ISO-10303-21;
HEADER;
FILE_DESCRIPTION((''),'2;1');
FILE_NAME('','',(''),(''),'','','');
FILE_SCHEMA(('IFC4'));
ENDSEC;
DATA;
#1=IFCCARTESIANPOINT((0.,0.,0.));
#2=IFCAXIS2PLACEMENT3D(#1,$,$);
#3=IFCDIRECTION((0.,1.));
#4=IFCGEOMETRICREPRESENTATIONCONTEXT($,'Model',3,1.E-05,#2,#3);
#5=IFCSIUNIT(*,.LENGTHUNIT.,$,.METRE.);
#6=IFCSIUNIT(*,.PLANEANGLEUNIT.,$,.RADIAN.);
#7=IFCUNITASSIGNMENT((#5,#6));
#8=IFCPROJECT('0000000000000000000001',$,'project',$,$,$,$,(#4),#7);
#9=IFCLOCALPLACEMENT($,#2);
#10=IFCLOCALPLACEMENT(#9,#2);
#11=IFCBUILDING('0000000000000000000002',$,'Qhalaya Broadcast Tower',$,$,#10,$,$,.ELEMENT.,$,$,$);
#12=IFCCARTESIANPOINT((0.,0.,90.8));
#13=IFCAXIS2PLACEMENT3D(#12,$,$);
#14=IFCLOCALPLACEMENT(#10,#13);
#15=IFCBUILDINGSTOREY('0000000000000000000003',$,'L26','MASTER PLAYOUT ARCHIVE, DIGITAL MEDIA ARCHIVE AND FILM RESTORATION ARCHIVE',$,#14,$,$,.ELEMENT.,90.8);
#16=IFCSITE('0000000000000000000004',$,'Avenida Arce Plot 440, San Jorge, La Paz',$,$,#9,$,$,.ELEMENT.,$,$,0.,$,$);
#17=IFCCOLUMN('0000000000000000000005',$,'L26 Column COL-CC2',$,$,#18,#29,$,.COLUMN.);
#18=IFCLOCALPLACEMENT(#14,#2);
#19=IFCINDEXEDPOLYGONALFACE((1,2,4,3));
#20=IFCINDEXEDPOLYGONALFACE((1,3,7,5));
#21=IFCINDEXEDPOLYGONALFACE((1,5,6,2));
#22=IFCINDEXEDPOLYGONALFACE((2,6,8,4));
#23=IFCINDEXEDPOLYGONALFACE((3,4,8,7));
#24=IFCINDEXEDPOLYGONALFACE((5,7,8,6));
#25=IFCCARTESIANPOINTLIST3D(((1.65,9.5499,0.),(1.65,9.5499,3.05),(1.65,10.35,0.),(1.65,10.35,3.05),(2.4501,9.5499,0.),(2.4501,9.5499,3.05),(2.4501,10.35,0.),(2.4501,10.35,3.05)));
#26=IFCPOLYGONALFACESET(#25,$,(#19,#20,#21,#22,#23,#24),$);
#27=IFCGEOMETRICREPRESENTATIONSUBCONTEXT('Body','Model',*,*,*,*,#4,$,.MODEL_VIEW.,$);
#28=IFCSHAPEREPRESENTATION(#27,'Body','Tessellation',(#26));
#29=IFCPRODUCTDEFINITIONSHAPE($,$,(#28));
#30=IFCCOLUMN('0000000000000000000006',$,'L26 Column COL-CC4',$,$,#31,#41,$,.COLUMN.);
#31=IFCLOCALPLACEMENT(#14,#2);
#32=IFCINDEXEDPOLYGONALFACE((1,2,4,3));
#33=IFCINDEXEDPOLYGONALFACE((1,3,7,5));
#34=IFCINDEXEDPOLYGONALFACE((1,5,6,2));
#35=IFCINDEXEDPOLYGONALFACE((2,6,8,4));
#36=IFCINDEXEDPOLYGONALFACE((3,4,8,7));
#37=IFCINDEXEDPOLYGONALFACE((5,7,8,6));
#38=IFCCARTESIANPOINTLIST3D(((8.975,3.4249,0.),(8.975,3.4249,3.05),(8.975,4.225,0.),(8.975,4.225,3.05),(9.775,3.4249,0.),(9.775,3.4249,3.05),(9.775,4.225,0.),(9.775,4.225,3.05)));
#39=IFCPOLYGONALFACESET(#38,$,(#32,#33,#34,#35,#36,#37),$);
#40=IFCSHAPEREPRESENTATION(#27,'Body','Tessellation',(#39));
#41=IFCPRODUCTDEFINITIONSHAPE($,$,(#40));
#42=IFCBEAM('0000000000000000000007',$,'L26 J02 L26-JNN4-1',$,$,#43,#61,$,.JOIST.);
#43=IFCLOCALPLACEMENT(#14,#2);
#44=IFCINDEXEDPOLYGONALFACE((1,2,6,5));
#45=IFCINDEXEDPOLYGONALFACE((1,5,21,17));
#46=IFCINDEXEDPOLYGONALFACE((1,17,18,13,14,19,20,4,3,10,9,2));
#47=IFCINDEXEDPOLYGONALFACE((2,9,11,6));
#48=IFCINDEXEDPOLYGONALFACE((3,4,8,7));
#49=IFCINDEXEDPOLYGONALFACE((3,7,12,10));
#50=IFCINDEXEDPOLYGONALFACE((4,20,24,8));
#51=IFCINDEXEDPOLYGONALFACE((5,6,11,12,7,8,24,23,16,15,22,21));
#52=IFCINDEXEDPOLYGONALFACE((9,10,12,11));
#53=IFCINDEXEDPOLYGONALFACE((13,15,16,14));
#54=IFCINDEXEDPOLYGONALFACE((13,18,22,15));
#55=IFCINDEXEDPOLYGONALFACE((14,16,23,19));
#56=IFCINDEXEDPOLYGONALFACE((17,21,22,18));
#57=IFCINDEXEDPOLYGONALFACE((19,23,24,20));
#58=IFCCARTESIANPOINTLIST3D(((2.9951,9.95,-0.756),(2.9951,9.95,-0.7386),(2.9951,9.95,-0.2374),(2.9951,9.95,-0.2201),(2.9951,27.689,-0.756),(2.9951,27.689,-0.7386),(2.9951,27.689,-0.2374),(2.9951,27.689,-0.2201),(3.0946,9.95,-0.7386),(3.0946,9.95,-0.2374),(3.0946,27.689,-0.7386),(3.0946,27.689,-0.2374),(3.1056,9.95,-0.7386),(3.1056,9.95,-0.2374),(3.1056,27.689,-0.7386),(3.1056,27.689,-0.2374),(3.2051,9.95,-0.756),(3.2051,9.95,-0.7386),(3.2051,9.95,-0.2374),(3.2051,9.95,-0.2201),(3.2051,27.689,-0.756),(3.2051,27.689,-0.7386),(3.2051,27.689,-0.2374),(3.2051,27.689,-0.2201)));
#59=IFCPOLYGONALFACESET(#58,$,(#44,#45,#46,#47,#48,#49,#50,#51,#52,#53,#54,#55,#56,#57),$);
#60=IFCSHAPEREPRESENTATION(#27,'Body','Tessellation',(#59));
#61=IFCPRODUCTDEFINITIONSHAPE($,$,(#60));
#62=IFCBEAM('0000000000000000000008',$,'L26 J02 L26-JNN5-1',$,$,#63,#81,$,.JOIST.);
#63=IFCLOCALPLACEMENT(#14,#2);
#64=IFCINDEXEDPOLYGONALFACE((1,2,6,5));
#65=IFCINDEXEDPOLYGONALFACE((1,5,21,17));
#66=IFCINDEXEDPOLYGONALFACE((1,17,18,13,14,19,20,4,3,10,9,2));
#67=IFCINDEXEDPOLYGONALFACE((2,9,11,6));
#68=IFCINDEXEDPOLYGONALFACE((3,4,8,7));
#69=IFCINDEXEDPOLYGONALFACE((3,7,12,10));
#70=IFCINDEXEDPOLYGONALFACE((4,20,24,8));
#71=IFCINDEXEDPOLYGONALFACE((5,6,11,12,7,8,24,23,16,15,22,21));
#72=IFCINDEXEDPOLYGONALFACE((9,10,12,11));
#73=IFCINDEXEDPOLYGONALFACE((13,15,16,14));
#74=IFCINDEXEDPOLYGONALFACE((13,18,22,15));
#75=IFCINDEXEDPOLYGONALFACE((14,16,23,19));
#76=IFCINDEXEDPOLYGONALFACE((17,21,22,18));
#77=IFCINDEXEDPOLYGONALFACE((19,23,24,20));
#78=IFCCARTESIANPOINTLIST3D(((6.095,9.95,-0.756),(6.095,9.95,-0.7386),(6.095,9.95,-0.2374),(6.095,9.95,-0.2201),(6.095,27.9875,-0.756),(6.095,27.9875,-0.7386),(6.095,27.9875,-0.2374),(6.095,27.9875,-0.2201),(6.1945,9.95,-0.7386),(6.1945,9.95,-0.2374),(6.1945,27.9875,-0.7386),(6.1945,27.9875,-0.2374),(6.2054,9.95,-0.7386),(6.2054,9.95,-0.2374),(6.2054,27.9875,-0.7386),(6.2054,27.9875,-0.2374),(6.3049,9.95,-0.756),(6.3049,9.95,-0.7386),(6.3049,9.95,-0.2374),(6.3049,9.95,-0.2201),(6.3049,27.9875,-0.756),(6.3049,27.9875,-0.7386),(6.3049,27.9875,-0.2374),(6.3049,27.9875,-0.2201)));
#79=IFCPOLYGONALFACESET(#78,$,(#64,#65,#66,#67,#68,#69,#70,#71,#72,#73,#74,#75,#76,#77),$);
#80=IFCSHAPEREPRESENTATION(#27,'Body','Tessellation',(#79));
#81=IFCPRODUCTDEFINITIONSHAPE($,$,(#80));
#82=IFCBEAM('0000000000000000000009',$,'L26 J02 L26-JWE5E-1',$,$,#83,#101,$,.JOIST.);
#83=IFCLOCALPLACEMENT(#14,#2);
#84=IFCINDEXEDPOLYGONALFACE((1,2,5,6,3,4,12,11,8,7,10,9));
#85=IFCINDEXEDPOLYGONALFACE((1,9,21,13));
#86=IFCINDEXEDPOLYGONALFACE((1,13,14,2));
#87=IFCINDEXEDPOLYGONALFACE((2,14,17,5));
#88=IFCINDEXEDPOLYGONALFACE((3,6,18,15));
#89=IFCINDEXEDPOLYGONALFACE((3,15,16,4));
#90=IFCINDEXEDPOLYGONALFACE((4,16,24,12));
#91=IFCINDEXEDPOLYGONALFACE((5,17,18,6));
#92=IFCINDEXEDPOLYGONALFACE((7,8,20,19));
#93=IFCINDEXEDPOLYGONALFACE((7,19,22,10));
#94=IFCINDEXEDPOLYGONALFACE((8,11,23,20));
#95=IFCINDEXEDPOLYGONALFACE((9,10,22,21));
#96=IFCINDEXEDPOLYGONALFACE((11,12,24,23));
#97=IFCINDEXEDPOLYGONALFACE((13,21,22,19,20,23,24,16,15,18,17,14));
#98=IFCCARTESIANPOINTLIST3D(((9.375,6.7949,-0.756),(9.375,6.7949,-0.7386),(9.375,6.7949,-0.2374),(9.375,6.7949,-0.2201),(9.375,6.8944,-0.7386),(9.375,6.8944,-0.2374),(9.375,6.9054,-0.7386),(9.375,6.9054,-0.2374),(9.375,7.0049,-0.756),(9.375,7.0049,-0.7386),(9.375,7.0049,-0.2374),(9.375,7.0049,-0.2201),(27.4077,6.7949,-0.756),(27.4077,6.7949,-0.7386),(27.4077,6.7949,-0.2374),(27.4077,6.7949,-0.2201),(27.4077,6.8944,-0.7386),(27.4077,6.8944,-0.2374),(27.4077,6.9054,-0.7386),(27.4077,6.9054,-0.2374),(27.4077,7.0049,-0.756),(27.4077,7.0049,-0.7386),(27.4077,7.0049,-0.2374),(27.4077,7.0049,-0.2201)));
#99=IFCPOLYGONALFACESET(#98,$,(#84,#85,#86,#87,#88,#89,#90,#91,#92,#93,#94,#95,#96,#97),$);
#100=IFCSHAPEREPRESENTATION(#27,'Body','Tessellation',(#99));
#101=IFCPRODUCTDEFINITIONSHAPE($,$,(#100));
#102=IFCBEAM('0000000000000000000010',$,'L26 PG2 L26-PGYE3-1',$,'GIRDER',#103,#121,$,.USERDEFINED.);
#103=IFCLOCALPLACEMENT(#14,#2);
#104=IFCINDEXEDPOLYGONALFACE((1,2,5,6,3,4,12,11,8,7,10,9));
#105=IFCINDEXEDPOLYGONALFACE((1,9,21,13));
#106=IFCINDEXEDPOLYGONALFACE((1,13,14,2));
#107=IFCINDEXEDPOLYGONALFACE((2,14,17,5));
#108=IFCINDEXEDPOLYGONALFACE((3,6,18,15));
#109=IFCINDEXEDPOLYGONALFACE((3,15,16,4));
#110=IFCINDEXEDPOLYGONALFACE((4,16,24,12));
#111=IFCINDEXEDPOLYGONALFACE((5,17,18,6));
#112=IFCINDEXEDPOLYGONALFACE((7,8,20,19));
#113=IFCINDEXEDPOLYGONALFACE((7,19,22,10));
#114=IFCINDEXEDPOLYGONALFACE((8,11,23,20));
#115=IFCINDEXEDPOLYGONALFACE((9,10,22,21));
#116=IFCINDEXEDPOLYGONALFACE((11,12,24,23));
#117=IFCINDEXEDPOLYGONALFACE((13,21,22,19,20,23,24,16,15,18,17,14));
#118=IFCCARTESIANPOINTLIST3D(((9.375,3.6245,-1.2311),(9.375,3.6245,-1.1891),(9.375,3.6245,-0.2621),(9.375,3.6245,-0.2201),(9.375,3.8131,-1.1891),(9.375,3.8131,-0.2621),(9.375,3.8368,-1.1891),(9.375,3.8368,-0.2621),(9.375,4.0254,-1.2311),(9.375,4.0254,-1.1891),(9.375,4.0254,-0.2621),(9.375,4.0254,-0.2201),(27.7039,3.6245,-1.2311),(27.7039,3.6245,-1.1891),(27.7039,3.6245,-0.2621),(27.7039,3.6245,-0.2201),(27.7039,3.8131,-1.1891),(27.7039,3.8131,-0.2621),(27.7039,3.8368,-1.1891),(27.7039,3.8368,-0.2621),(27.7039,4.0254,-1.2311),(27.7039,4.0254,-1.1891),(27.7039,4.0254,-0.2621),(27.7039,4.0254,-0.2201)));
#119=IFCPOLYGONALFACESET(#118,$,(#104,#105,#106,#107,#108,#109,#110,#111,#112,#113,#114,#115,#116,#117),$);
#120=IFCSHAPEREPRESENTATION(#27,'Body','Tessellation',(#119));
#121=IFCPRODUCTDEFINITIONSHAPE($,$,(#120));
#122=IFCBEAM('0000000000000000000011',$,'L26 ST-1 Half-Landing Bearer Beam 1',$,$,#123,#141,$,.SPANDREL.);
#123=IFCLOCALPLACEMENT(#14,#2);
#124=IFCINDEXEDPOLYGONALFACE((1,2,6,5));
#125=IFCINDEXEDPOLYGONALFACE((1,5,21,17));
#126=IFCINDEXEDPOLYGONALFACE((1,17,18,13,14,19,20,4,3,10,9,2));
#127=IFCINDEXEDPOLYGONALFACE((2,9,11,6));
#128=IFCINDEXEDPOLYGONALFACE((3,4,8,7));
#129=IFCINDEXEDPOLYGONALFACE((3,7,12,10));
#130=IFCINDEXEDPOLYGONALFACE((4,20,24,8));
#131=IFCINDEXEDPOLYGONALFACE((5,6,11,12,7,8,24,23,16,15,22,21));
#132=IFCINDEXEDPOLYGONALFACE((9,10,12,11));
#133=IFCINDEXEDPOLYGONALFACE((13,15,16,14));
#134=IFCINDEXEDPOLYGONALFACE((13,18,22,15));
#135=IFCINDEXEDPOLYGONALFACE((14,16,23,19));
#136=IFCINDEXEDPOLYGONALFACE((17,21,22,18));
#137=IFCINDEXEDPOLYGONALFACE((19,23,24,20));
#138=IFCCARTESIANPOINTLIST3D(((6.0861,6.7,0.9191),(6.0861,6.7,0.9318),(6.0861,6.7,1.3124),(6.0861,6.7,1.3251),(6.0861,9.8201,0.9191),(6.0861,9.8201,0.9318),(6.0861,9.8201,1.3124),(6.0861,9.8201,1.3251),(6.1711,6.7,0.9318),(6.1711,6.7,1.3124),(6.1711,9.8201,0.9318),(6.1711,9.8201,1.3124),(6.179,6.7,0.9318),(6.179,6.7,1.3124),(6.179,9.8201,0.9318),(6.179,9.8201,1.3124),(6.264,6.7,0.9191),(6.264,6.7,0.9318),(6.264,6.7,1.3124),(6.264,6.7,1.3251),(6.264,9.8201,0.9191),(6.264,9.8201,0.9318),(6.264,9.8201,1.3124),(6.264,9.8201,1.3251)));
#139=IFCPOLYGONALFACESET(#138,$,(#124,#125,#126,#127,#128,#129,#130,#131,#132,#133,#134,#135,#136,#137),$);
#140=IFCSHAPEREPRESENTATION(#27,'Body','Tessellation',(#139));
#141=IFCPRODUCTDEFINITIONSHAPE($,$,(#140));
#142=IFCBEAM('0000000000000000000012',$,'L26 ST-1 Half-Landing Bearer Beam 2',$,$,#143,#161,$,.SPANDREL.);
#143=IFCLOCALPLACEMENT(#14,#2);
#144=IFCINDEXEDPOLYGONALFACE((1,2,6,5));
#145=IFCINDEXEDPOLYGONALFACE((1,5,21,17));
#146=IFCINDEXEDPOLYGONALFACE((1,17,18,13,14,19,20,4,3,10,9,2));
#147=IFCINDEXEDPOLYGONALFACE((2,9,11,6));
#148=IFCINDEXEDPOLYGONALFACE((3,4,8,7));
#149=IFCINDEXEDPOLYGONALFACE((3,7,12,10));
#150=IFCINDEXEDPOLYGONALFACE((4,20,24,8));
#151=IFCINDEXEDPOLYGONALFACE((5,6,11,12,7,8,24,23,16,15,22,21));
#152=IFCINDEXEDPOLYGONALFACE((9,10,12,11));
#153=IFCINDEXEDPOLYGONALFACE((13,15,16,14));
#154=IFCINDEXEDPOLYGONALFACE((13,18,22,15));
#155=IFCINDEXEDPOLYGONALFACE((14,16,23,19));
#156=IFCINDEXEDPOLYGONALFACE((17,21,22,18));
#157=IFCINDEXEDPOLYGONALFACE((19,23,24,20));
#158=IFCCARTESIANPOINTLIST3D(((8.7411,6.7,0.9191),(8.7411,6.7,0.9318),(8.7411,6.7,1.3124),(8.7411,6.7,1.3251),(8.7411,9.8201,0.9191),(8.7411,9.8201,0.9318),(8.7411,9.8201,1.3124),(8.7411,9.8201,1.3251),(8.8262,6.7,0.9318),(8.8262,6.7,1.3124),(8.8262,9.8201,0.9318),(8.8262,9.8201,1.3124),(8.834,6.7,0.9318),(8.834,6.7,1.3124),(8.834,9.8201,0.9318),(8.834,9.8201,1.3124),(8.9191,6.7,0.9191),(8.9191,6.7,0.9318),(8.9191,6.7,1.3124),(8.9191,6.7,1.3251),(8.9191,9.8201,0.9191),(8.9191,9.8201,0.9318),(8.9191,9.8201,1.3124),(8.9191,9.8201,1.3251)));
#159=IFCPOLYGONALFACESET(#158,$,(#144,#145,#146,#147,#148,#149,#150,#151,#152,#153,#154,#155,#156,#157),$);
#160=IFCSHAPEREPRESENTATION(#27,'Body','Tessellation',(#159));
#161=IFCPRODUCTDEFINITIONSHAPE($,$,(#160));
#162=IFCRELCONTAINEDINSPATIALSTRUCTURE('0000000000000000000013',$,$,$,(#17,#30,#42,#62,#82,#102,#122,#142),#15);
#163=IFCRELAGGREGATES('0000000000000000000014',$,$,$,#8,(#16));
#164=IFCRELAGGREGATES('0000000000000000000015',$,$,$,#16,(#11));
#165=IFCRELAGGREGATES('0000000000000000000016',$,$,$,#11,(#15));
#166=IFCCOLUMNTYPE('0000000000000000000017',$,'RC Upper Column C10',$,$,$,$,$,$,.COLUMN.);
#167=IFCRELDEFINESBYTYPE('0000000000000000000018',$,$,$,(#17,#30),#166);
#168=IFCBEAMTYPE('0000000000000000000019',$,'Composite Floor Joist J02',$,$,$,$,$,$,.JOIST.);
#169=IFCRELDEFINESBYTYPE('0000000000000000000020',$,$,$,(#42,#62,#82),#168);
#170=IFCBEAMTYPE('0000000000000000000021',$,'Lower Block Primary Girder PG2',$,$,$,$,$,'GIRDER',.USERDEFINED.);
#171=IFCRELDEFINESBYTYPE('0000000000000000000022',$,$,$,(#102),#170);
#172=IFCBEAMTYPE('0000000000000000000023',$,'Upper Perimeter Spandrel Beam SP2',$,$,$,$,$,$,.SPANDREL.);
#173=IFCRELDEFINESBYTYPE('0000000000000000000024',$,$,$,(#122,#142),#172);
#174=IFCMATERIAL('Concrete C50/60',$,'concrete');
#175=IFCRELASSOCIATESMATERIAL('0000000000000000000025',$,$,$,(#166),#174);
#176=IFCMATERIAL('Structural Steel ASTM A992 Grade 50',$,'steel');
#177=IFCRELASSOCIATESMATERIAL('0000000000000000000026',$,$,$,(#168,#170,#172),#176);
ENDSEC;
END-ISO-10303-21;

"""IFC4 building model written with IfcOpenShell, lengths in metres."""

from ifc_helpers import new_model, si_unit, direction, frame, origin, origin_2d, place, context, subcontext, project, spatial, rectangle, i_section, extrude, material, material_profile, profile_set, type_object, element, save


model = new_model("IFC4")

# Units and contexts
model_context = context("Model", 3, precision=1e-05, world=origin(), true_north=direction((0.0, 1.0)))
body_context = subcontext(model_context, "Body", "Model", "MODEL_VIEW")
ifc_project = project(units=[si_unit("LENGTHUNIT", "METRE"), si_unit("PLANEANGLEUNIT", "RADIAN")], contexts=[model_context])

# Site, building, storey
site_placement = place(None, origin())
site = spatial("IfcSite", under=ifc_project, at=site_placement, Name="Avenida Arce Plot 440, San Jorge, La Paz", CompositionType="ELEMENT", RefElevation=0.0)
building_placement = place(site_placement, origin())
building = spatial("IfcBuilding", under=site, at=building_placement, Name="Qhalaya Broadcast Tower", CompositionType="ELEMENT")
storey_placement = place(building_placement, frame((0.0, 0.0, 90.8)))
storey = spatial("IfcBuildingStorey", under=building, at=storey_placement, Name="L26", Description="MASTER PLAYOUT ARCHIVE, DIGITAL MEDIA ARCHIVE AND FILM RESTORATION ARCHIVE", CompositionType="ELEMENT", Elevation=90.8)

# Columns
ifc_material_1 = material(Name="Concrete C50/60", Category="concrete")
ifc_material_profile_1 = material_profile(ifc_material_1, rectangle(XDim=0.8, YDim=0.8, at=origin_2d()), Name="RC-COL 800x800")
ifc_profile_set_1 = profile_set([ifc_material_profile_1], Name="Concrete C50/60")
column_type = type_object("IfcColumnType", Name="RC Upper Column C10", PredefinedType="COLUMN", material=ifc_profile_set_1)
for number, where, z_axis, x_axis, name in (
    (1, (2.05, 9.95, 0.0), (0.0, 0.0, 1.0), (1.0, 0.0, 0.0), "L26 Column COL-CC2"),
    (2, (9.375, 3.825, 0.0), (0.0, 0.0, 1.0), (1.0, 0.0, 0.0), "L26 Column COL-CC4"),
):
    element("IfcColumn", number, at=place(storey_placement, frame(where, z_axis=z_axis, x_axis=x_axis)), inside=storey, type_object=column_type, Name=name, PredefinedType="COLUMN", context=body_context, shape_type="SweptSolid", body=[
        extrude(rectangle(XDim=0.8, YDim=0.8, at=origin_2d()), origin(), (0.0, 0.0, 1.0), 3.05),
    ])

# Beams
ifc_material_2 = material(Name="Structural Steel ASTM A992 Grade 50", Category="steel")
ifc_material_profile_2 = material_profile(ifc_material_2, i_section(OverallWidth=0.21, OverallDepth=0.5359, WebThickness=0.011, FlangeThickness=0.0173, at=origin_2d()), Name="W21X68")
ifc_profile_set_2 = profile_set([ifc_material_profile_2], Name="Structural Steel ASTM A992 Grade 50")
beam_type_1 = type_object("IfcBeamType", Name="Composite Floor Joist J02", PredefinedType="JOIST", material=ifc_profile_set_2)
beam_1_placement = place(storey_placement, frame((3.1001, 9.95, -0.488), z_axis=(0.0, 1.0, 0.0), x_axis=(-1.0, 0.0, 0.0)))
element("IfcBeam", 3, at=beam_1_placement, inside=storey, type_object=beam_type_1, Name="L26 J02 L26-JNN4-1", PredefinedType="JOIST", context=body_context, shape_type="SweptSolid", body=[
    extrude(i_section(OverallWidth=0.21, OverallDepth=0.5359, WebThickness=0.011, FlangeThickness=0.0173, at=origin_2d()), origin(), (0.0, 0.0, 1.0), 17.739),
])
beam_2_placement = place(storey_placement, frame((6.2, 9.95, -0.488), z_axis=(0.0, 1.0, 0.0), x_axis=(-1.0, 0.0, 0.0)))
element("IfcBeam", 4, at=beam_2_placement, inside=storey, type_object=beam_type_1, Name="L26 J02 L26-JNN5-1", PredefinedType="JOIST", context=body_context, shape_type="SweptSolid", body=[
    extrude(i_section(OverallWidth=0.21, OverallDepth=0.5359, WebThickness=0.011, FlangeThickness=0.0173, at=origin_2d()), origin(), (0.0, 0.0, 1.0), 18.0376),
])
beam_3_placement = place(storey_placement, frame((9.375, 6.8999, -0.488), z_axis=(1.0, 0.0, 0.0), x_axis=(0.0, 1.0, 0.0)))
element("IfcBeam", 5, at=beam_3_placement, inside=storey, type_object=beam_type_1, Name="L26 J02 L26-JWE5E-1", PredefinedType="JOIST", context=body_context, shape_type="SweptSolid", body=[
    extrude(i_section(OverallWidth=0.21, OverallDepth=0.5359, WebThickness=0.011, FlangeThickness=0.0173, at=origin_2d()), origin(), (0.0, 0.0, 1.0), 18.0327),
])
ifc_material_profile_3 = material_profile(ifc_material_2, i_section(OverallWidth=0.4009, OverallDepth=1.011, WebThickness=0.0237, FlangeThickness=0.042, at=origin_2d()), Name="W40X297")
ifc_profile_set_3 = profile_set([ifc_material_profile_3], Name="Structural Steel ASTM A992 Grade 50")
beam_type_2 = type_object("IfcBeamType", Name="Lower Block Primary Girder PG2", ElementType="GIRDER", PredefinedType="USERDEFINED", material=ifc_profile_set_3)
beam_4_placement = place(storey_placement, frame((9.375, 3.825, -0.7256), z_axis=(1.0, 0.0, 0.0), x_axis=(0.0, 1.0, 0.0)))
element("IfcBeam", 6, at=beam_4_placement, inside=storey, type_object=beam_type_2, Name="L26 PG2 L26-PGYE3-1", ObjectType="GIRDER", PredefinedType="USERDEFINED", context=body_context, shape_type="SweptSolid", body=[
    extrude(i_section(OverallWidth=0.4009, OverallDepth=1.011, WebThickness=0.0237, FlangeThickness=0.042, at=origin_2d()), origin(), (0.0, 0.0, 1.0), 18.3289),
])
ifc_material_profile_4 = material_profile(ifc_material_2, i_section(OverallWidth=0.178, OverallDepth=0.406, WebThickness=0.0078, FlangeThickness=0.0127, at=origin_2d()), Name="W16X40")
ifc_profile_set_4 = profile_set([ifc_material_profile_4], Name="Structural Steel ASTM A992 Grade 50")
beam_type_3 = type_object("IfcBeamType", Name="Upper Perimeter Spandrel Beam SP2", PredefinedType="SPANDREL", material=ifc_profile_set_4)
for number, where, z_axis, x_axis, name in (
    (7, (6.175, 6.7, 1.1221), (0.0, 1.0, 0.0), (-1.0, 0.0, 0.0), "L26 ST-1 Half-Landing Bearer Beam 1"),
    (8, (8.8301, 6.7, 1.1221), (0.0, 1.0, 0.0), (-1.0, 0.0, 0.0), "L26 ST-1 Half-Landing Bearer Beam 2"),
):
    element("IfcBeam", number, at=place(storey_placement, frame(where, z_axis=z_axis, x_axis=x_axis)), inside=storey, type_object=beam_type_3, Name=name, PredefinedType="SPANDREL", context=body_context, shape_type="SweptSolid", body=[
        extrude(i_section(OverallWidth=0.178, OverallDepth=0.406, WebThickness=0.0078, FlangeThickness=0.0127, at=origin_2d()), origin(), (0.0, 0.0, 1.0), 3.1201),
    ])

save(model, "model.ifc")
